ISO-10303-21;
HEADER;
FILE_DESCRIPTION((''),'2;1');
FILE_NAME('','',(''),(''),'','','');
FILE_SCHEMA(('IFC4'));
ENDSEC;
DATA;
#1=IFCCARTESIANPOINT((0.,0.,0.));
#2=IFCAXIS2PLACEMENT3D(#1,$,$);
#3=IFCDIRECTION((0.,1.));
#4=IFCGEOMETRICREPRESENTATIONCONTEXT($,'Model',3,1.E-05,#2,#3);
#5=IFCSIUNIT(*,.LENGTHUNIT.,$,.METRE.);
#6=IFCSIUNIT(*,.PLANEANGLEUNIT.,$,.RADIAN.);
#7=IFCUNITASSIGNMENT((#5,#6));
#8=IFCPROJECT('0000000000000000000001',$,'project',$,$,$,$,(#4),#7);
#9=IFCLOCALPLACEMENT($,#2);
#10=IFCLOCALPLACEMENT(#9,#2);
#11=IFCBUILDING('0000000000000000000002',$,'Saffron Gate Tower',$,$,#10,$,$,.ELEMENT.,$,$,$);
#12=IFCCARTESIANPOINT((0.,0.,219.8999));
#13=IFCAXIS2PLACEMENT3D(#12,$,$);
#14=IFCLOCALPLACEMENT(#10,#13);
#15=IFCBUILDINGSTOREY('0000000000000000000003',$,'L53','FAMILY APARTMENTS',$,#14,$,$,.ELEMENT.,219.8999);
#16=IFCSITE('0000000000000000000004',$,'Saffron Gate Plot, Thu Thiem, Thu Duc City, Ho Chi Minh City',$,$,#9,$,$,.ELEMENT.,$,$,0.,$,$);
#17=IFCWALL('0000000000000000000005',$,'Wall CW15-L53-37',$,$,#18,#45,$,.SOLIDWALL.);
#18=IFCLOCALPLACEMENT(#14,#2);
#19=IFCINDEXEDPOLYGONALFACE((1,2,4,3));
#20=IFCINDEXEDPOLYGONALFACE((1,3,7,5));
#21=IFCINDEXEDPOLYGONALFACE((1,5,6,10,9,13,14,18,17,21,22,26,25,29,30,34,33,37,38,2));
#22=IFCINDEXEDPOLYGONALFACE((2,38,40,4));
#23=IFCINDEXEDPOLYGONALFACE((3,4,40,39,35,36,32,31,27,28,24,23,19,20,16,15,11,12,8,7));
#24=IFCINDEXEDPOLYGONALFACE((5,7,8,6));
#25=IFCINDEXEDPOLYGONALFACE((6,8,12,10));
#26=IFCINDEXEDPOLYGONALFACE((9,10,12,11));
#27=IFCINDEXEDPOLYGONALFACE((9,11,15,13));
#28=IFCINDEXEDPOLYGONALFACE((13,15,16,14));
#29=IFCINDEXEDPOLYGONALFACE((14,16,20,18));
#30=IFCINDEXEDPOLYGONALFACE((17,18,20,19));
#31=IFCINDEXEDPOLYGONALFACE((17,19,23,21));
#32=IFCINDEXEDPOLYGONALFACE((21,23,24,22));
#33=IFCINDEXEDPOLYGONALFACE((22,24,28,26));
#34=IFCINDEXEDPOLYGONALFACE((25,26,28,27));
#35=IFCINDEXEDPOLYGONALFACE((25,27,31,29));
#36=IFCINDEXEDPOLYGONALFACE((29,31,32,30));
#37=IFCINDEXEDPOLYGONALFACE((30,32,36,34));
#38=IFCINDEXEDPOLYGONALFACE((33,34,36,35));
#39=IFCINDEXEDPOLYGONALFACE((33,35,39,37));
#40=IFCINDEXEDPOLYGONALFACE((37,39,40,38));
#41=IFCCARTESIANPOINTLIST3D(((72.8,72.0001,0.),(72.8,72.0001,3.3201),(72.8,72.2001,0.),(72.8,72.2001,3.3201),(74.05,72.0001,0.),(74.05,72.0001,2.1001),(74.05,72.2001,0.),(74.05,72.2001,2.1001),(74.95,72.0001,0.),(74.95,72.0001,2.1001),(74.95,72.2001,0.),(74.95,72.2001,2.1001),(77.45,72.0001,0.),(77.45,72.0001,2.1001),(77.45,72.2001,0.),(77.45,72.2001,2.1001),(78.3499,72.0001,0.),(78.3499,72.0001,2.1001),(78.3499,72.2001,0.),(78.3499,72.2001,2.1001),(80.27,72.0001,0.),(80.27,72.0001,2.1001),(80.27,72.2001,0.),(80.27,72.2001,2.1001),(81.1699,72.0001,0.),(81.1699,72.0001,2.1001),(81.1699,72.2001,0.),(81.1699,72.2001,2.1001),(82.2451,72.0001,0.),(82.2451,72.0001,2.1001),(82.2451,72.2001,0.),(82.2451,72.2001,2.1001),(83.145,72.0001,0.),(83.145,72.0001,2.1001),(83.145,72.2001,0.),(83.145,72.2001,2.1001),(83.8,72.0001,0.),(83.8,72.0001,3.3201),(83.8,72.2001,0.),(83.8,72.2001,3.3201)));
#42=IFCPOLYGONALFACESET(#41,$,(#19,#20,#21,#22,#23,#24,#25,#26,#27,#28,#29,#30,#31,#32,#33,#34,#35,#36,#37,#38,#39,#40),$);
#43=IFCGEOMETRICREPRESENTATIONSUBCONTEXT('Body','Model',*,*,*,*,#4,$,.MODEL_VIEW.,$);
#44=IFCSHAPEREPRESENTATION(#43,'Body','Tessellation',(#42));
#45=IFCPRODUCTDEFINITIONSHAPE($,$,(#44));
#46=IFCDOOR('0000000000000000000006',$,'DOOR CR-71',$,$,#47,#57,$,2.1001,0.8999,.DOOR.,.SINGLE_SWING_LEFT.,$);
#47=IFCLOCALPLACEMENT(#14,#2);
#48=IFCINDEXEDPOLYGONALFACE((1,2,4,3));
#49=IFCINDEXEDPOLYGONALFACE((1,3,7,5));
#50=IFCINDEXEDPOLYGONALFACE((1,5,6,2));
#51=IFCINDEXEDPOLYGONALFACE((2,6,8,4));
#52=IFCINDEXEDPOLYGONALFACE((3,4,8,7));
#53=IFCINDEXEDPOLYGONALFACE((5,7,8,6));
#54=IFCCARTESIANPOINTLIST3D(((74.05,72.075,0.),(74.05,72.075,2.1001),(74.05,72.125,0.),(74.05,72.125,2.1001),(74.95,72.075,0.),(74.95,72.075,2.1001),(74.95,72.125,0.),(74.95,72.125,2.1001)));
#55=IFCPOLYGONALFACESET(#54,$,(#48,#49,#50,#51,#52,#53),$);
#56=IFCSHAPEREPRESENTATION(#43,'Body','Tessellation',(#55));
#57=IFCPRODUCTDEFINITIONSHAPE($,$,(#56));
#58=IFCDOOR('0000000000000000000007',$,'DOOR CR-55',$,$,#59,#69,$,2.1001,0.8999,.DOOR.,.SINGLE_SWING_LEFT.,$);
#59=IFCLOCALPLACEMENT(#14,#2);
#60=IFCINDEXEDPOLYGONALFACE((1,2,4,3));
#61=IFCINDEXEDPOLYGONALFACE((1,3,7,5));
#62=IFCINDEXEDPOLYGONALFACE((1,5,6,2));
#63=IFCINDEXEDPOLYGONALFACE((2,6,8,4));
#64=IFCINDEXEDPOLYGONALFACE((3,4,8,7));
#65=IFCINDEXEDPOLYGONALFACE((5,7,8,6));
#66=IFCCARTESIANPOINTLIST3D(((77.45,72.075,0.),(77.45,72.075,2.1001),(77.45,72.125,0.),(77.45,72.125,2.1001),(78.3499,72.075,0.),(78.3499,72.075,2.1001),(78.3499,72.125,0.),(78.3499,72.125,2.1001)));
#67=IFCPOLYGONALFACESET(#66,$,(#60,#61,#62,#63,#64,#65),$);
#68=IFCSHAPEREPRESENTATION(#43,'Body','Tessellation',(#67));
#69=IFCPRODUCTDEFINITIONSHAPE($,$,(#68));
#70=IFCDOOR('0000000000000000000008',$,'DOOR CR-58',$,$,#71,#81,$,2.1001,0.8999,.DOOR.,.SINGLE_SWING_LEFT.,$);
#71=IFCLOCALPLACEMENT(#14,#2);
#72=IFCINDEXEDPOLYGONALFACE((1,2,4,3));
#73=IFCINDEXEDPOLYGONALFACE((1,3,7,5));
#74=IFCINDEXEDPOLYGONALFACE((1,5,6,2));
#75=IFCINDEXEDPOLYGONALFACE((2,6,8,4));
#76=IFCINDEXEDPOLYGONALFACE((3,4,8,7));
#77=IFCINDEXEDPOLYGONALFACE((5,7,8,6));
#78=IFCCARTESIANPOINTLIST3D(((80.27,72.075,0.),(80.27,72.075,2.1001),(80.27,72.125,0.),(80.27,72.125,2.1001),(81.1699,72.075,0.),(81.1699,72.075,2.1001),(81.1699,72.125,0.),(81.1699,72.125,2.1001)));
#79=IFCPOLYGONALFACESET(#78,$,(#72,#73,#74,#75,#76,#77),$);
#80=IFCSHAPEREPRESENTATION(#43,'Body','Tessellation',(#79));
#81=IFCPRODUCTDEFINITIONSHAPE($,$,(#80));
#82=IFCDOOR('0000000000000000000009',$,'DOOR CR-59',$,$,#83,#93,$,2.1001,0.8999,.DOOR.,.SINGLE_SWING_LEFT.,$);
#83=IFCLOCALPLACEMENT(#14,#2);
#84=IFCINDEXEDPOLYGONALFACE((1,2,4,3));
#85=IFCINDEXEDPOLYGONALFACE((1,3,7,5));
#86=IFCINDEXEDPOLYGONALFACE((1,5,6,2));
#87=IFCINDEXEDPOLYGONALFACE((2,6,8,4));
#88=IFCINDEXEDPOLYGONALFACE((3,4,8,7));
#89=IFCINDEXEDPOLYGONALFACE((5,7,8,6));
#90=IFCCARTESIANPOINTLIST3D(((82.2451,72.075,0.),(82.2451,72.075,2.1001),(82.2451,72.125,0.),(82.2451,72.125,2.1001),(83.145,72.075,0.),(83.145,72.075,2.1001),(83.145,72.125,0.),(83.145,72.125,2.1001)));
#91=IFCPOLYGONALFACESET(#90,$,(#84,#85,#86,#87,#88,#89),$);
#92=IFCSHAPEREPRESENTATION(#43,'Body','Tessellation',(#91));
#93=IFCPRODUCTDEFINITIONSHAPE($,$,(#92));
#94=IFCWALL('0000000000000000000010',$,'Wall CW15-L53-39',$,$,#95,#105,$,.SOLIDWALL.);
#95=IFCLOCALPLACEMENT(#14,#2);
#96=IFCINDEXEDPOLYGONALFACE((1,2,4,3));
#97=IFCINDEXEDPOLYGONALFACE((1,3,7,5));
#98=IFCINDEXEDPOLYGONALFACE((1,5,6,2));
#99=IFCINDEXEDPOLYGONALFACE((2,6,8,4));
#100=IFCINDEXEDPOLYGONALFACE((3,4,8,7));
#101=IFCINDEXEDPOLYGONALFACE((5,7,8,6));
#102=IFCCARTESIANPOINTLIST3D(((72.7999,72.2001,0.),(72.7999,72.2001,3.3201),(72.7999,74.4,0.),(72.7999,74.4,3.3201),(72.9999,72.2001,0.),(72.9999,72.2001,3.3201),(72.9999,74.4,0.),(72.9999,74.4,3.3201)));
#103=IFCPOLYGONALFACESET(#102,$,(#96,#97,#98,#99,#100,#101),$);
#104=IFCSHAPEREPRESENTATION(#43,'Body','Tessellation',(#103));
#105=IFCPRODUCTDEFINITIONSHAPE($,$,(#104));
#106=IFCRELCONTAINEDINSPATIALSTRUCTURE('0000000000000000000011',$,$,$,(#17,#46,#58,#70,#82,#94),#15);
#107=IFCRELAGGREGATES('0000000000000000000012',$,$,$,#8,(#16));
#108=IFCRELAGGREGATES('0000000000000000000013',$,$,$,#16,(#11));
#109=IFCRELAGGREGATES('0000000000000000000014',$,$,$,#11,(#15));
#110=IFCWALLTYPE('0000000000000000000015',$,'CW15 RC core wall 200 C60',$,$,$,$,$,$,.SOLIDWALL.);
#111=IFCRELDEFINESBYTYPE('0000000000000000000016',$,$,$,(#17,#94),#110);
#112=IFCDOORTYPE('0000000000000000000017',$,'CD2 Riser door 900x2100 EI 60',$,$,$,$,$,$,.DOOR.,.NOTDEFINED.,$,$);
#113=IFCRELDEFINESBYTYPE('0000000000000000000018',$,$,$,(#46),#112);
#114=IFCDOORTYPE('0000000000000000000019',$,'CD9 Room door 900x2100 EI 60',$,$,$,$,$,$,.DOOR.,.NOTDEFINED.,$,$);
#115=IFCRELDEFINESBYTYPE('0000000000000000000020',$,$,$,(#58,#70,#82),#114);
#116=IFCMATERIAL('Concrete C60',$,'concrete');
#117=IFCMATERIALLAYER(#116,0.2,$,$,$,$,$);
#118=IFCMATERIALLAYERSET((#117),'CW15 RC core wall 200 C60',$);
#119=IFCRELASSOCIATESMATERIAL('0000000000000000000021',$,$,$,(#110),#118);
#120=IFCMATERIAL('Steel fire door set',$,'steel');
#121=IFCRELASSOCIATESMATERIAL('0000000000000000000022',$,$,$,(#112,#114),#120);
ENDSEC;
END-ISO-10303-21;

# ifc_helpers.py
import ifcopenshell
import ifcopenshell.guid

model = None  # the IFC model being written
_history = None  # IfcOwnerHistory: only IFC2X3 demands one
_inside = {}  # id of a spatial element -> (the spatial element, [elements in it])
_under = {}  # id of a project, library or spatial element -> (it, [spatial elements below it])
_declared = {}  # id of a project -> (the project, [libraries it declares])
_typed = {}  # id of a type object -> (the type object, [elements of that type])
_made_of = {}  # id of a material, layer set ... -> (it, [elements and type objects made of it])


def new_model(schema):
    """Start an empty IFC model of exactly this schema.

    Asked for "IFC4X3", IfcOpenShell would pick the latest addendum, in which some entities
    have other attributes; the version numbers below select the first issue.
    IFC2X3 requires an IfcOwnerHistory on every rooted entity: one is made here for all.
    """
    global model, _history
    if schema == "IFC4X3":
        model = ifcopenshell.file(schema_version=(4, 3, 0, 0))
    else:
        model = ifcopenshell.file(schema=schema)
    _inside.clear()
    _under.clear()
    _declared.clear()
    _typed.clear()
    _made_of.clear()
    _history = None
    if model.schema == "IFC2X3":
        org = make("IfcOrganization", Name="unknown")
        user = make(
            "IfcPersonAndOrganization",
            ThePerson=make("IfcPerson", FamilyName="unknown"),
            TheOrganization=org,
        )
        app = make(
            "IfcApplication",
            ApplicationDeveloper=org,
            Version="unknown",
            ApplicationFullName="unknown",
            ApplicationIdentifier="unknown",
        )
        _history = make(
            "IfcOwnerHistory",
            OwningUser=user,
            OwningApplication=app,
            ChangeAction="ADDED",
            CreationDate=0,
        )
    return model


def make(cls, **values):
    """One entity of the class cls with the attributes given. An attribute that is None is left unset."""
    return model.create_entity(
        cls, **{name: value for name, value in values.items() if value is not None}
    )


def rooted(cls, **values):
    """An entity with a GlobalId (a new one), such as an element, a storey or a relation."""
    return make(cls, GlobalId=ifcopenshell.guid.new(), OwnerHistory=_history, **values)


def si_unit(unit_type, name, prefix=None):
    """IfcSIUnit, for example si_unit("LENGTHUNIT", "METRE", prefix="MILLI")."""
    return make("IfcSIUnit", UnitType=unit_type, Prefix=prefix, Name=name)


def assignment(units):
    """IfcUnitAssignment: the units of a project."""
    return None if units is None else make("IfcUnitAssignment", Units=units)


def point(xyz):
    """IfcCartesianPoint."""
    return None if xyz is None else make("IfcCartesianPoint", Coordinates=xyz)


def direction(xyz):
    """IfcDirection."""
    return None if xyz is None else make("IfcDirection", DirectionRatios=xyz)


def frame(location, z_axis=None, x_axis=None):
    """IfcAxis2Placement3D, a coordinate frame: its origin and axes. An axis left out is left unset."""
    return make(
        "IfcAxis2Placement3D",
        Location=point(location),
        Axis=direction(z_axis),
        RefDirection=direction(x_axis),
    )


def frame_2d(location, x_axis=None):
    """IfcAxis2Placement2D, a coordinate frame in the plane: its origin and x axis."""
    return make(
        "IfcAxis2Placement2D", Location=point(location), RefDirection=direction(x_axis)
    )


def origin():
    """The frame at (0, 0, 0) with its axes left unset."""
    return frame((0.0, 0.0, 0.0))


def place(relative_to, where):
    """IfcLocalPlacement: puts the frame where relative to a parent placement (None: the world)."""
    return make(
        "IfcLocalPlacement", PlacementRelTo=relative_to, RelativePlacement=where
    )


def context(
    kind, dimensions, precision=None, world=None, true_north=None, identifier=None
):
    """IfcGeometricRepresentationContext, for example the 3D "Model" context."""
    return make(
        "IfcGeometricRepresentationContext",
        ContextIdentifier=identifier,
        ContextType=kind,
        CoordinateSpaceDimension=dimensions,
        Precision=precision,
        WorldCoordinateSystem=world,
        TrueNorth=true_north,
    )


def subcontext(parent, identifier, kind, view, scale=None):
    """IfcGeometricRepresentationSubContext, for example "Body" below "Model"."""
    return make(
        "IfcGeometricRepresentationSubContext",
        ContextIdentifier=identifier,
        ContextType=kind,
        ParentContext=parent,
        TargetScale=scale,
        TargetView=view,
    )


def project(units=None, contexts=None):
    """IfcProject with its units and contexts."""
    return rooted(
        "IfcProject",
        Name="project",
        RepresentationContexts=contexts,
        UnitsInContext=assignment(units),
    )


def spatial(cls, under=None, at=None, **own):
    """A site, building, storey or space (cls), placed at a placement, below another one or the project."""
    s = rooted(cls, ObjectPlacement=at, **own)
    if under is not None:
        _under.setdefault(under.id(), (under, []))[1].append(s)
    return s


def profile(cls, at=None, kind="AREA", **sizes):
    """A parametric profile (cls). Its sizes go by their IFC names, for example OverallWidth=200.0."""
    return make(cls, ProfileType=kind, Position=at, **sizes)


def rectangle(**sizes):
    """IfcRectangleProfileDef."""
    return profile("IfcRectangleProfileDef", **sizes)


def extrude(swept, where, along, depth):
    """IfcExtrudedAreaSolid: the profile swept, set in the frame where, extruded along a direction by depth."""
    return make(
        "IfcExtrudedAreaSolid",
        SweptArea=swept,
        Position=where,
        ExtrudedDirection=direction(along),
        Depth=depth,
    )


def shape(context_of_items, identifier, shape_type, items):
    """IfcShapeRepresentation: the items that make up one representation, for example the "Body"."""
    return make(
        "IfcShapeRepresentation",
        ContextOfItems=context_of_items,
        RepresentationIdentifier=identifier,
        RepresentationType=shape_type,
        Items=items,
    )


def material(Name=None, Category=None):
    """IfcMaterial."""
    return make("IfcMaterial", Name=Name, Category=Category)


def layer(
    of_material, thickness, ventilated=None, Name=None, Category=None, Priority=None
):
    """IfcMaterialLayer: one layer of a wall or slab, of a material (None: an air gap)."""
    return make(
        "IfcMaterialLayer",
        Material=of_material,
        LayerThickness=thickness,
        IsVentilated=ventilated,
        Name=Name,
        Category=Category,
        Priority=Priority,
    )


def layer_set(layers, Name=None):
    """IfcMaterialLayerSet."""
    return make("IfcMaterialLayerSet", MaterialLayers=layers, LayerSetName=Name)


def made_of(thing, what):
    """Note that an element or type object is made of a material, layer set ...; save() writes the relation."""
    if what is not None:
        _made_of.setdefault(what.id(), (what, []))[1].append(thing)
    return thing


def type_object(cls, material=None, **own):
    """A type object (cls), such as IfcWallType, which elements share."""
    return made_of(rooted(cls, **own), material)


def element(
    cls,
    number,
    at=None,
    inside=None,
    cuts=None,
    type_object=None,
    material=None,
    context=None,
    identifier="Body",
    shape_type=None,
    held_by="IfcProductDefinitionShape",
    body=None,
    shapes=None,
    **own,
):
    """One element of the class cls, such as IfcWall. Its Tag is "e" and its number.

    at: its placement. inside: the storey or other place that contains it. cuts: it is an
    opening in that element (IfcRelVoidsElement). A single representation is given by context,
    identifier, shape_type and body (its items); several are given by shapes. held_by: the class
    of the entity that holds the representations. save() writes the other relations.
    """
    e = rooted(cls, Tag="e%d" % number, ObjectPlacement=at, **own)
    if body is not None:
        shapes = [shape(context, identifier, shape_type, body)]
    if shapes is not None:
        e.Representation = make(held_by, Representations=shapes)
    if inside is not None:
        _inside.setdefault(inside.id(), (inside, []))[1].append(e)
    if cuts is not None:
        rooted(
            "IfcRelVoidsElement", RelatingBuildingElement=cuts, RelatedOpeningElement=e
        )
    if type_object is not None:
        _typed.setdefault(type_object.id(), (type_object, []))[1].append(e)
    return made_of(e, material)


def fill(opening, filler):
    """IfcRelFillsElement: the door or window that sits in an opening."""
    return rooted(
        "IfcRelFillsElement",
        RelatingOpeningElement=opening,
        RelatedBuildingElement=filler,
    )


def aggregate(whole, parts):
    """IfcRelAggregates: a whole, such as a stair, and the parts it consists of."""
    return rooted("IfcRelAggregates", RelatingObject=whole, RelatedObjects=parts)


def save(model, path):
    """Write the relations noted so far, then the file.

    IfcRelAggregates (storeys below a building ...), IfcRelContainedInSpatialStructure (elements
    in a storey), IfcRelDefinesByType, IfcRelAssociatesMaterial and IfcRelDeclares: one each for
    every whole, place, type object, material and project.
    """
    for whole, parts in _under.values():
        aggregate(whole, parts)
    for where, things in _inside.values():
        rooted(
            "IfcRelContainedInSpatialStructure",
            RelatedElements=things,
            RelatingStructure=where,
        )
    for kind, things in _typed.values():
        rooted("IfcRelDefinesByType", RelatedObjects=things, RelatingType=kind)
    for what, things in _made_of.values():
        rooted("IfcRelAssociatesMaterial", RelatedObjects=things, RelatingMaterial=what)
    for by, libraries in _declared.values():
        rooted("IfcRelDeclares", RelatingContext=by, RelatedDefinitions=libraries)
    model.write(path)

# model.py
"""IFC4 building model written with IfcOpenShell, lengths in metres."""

from ifc_helpers import new_model, si_unit, direction, frame, frame_2d, origin, place, context, subcontext, project, spatial, rectangle, extrude, material, layer, layer_set, type_object, element, fill, save


model = new_model("IFC4")

# Units and contexts
model_context = context("Model", 3, precision=1e-05, world=origin(), true_north=direction((0.0, 1.0)))
body_context = subcontext(model_context, "Body", "Model", "MODEL_VIEW")
ifc_project = project(units=[si_unit("LENGTHUNIT", "METRE"), si_unit("PLANEANGLEUNIT", "RADIAN")], contexts=[model_context])

# Site, building, storey
site_placement = place(None, origin())
site = spatial("IfcSite", under=ifc_project, at=site_placement, Name="Saffron Gate Plot, Thu Thiem, Thu Duc City, Ho Chi Minh City", CompositionType="ELEMENT", RefElevation=0.0)
building_placement = place(site_placement, origin())
building = spatial("IfcBuilding", under=site, at=building_placement, Name="Saffron Gate Tower", CompositionType="ELEMENT")
storey_placement = place(building_placement, frame((0.0, 0.0, 219.8999)))
storey = spatial("IfcBuildingStorey", under=building, at=storey_placement, Name="L53", Description="FAMILY APARTMENTS", CompositionType="ELEMENT", Elevation=219.8999)

# Shared definitions
ifc_material_1 = material(Name="Concrete C60", Category="concrete")
ifc_material_2 = material(Name="Steel fire door set", Category="steel")
ifc_layer_1 = layer(ifc_material_1, 0.2)
ifc_layer_set_1 = layer_set([ifc_layer_1], Name="CW15 RC core wall 200 C60")
wall_type_1 = type_object("IfcWallType", Name="CW15 RC core wall 200 C60", PredefinedType="SOLIDWALL", material=ifc_layer_set_1)

# Wall, openings, doors
wall_1_placement = place(storey_placement, frame((72.8, 72.1001, 0.0), z_axis=(0.0, 0.0, 1.0), x_axis=(1.0, 0.0, 0.0)))
wall_1 = element("IfcWall", 1, at=wall_1_placement, inside=storey, type_object=wall_type_1, Name="Wall CW15-L53-37", PredefinedType="SOLIDWALL", context=body_context, shape_type="SweptSolid", body=[
    extrude(rectangle(XDim=11.0, YDim=0.2, at=frame_2d((5.5, 0.0))), origin(), (0.0, 0.0, 1.0), 3.3201),
])
opening_1_placement = place(wall_1_placement, frame((1.25, 0.0, 0.0)))
opening_1 = element("IfcOpeningElement", 2, at=opening_1_placement, cuts=wall_1, PredefinedType="OPENING", context=body_context, shape_type="SweptSolid", body=[
    extrude(rectangle(XDim=0.8999, YDim=2.1001, at=frame_2d((0.45, 1.05))), frame((0.0, 0.1099, 0.0), z_axis=(0.0, -1.0, 0.0), x_axis=(1.0, 0.0, 0.0)), (0.0, 0.0, 1.0), 0.22),
])
opening_2_placement = place(wall_1_placement, frame((4.6499, 0.0, 0.0)))
opening_2 = element("IfcOpeningElement", 3, at=opening_2_placement, cuts=wall_1, PredefinedType="OPENING", context=body_context, shape_type="SweptSolid", body=[
    extrude(rectangle(XDim=0.8999, YDim=2.1001, at=frame_2d((0.45, 1.05))), frame((0.0, 0.1099, 0.0), z_axis=(0.0, -1.0, 0.0), x_axis=(1.0, 0.0, 0.0)), (0.0, 0.0, 1.0), 0.22),
])
opening_3_placement = place(wall_1_placement, frame((7.47, 0.0, 0.0)))
opening_3 = element("IfcOpeningElement", 4, at=opening_3_placement, cuts=wall_1, PredefinedType="OPENING", context=body_context, shape_type="SweptSolid", body=[
    extrude(rectangle(XDim=0.8999, YDim=2.1001, at=frame_2d((0.45, 1.05))), frame((0.0, 0.1099, 0.0), z_axis=(0.0, -1.0, 0.0), x_axis=(1.0, 0.0, 0.0)), (0.0, 0.0, 1.0), 0.22),
])
opening_4_placement = place(wall_1_placement, frame((9.4451, 0.0, 0.0)))
opening_4 = element("IfcOpeningElement", 5, at=opening_4_placement, cuts=wall_1, PredefinedType="OPENING", context=body_context, shape_type="SweptSolid", body=[
    extrude(rectangle(XDim=0.8999, YDim=2.1001, at=frame_2d((0.45, 1.05))), frame((0.0, 0.1099, 0.0), z_axis=(0.0, -1.0, 0.0), x_axis=(1.0, 0.0, 0.0)), (0.0, 0.0, 1.0), 0.22),
])
door_type_1 = type_object("IfcDoorType", Name="CD2 Riser door 900x2100 EI 60", OperationType="NOTDEFINED", PredefinedType="DOOR", material=ifc_material_2)
door_1_placement = place(opening_1_placement, origin())
door_1 = element("IfcDoor", 6, at=door_1_placement, inside=storey, type_object=door_type_1, Name="DOOR CR-71", OperationType="SINGLE_SWING_LEFT", OverallHeight=2.1001, OverallWidth=0.8999, PredefinedType="DOOR", context=body_context, shape_type="SweptSolid", body=[
    extrude(rectangle(XDim=0.8999, YDim=2.1001, at=frame_2d((0.45, 1.05))), frame((0.0, 0.0249, 0.0), z_axis=(0.0, -1.0, 0.0), x_axis=(1.0, 0.0, 0.0)), (0.0, 0.0, 1.0), 0.05),
])
fill(opening_1, door_1)
door_type_2 = type_object("IfcDoorType", Name="CD9 Room door 900x2100 EI 60", OperationType="NOTDEFINED", PredefinedType="DOOR", material=ifc_material_2)
door_2_placement = place(opening_2_placement, origin())
door_2 = element("IfcDoor", 7, at=door_2_placement, inside=storey, type_object=door_type_2, Name="DOOR CR-55", OperationType="SINGLE_SWING_LEFT", OverallHeight=2.1001, OverallWidth=0.8999, PredefinedType="DOOR", context=body_context, shape_type="SweptSolid", body=[
    extrude(rectangle(XDim=0.8999, YDim=2.1001, at=frame_2d((0.45, 1.05))), frame((0.0, 0.0249, 0.0), z_axis=(0.0, -1.0, 0.0), x_axis=(1.0, 0.0, 0.0)), (0.0, 0.0, 1.0), 0.05),
])
fill(opening_2, door_2)
door_3_placement = place(opening_3_placement, origin())
door_3 = element("IfcDoor", 8, at=door_3_placement, inside=storey, type_object=door_type_2, Name="DOOR CR-58", OperationType="SINGLE_SWING_LEFT", OverallHeight=2.1001, OverallWidth=0.8999, PredefinedType="DOOR", context=body_context, shape_type="SweptSolid", body=[
    extrude(rectangle(XDim=0.8999, YDim=2.1001, at=frame_2d((0.45, 1.05))), frame((0.0, 0.0249, 0.0), z_axis=(0.0, -1.0, 0.0), x_axis=(1.0, 0.0, 0.0)), (0.0, 0.0, 1.0), 0.05),
])
fill(opening_3, door_3)
door_4_placement = place(opening_4_placement, origin())
door_4 = element("IfcDoor", 9, at=door_4_placement, inside=storey, type_object=door_type_2, Name="DOOR CR-59", OperationType="SINGLE_SWING_LEFT", OverallHeight=2.1001, OverallWidth=0.8999, PredefinedType="DOOR", context=body_context, shape_type="SweptSolid", body=[
    extrude(rectangle(XDim=0.8999, YDim=2.1001, at=frame_2d((0.45, 1.05))), frame((0.0, 0.0249, 0.0), z_axis=(0.0, -1.0, 0.0), x_axis=(1.0, 0.0, 0.0)), (0.0, 0.0, 1.0), 0.05),
])
fill(opening_4, door_4)

# Wall
wall_2_placement = place(storey_placement, frame((72.8999, 72.2, 0.0), z_axis=(0.0, 0.0, 1.0), x_axis=(0.0, 1.0, 0.0)))
element("IfcWall", 10, at=wall_2_placement, inside=storey, type_object=wall_type_1, Name="Wall CW15-L53-39", PredefinedType="SOLIDWALL", context=body_context, shape_type="SweptSolid", body=[
    extrude(rectangle(XDim=2.2, YDim=0.2, at=frame_2d((1.1001, 0.0))), origin(), (0.0, 0.0, 1.0), 3.3201),
])

save(model, "model.ifc")
